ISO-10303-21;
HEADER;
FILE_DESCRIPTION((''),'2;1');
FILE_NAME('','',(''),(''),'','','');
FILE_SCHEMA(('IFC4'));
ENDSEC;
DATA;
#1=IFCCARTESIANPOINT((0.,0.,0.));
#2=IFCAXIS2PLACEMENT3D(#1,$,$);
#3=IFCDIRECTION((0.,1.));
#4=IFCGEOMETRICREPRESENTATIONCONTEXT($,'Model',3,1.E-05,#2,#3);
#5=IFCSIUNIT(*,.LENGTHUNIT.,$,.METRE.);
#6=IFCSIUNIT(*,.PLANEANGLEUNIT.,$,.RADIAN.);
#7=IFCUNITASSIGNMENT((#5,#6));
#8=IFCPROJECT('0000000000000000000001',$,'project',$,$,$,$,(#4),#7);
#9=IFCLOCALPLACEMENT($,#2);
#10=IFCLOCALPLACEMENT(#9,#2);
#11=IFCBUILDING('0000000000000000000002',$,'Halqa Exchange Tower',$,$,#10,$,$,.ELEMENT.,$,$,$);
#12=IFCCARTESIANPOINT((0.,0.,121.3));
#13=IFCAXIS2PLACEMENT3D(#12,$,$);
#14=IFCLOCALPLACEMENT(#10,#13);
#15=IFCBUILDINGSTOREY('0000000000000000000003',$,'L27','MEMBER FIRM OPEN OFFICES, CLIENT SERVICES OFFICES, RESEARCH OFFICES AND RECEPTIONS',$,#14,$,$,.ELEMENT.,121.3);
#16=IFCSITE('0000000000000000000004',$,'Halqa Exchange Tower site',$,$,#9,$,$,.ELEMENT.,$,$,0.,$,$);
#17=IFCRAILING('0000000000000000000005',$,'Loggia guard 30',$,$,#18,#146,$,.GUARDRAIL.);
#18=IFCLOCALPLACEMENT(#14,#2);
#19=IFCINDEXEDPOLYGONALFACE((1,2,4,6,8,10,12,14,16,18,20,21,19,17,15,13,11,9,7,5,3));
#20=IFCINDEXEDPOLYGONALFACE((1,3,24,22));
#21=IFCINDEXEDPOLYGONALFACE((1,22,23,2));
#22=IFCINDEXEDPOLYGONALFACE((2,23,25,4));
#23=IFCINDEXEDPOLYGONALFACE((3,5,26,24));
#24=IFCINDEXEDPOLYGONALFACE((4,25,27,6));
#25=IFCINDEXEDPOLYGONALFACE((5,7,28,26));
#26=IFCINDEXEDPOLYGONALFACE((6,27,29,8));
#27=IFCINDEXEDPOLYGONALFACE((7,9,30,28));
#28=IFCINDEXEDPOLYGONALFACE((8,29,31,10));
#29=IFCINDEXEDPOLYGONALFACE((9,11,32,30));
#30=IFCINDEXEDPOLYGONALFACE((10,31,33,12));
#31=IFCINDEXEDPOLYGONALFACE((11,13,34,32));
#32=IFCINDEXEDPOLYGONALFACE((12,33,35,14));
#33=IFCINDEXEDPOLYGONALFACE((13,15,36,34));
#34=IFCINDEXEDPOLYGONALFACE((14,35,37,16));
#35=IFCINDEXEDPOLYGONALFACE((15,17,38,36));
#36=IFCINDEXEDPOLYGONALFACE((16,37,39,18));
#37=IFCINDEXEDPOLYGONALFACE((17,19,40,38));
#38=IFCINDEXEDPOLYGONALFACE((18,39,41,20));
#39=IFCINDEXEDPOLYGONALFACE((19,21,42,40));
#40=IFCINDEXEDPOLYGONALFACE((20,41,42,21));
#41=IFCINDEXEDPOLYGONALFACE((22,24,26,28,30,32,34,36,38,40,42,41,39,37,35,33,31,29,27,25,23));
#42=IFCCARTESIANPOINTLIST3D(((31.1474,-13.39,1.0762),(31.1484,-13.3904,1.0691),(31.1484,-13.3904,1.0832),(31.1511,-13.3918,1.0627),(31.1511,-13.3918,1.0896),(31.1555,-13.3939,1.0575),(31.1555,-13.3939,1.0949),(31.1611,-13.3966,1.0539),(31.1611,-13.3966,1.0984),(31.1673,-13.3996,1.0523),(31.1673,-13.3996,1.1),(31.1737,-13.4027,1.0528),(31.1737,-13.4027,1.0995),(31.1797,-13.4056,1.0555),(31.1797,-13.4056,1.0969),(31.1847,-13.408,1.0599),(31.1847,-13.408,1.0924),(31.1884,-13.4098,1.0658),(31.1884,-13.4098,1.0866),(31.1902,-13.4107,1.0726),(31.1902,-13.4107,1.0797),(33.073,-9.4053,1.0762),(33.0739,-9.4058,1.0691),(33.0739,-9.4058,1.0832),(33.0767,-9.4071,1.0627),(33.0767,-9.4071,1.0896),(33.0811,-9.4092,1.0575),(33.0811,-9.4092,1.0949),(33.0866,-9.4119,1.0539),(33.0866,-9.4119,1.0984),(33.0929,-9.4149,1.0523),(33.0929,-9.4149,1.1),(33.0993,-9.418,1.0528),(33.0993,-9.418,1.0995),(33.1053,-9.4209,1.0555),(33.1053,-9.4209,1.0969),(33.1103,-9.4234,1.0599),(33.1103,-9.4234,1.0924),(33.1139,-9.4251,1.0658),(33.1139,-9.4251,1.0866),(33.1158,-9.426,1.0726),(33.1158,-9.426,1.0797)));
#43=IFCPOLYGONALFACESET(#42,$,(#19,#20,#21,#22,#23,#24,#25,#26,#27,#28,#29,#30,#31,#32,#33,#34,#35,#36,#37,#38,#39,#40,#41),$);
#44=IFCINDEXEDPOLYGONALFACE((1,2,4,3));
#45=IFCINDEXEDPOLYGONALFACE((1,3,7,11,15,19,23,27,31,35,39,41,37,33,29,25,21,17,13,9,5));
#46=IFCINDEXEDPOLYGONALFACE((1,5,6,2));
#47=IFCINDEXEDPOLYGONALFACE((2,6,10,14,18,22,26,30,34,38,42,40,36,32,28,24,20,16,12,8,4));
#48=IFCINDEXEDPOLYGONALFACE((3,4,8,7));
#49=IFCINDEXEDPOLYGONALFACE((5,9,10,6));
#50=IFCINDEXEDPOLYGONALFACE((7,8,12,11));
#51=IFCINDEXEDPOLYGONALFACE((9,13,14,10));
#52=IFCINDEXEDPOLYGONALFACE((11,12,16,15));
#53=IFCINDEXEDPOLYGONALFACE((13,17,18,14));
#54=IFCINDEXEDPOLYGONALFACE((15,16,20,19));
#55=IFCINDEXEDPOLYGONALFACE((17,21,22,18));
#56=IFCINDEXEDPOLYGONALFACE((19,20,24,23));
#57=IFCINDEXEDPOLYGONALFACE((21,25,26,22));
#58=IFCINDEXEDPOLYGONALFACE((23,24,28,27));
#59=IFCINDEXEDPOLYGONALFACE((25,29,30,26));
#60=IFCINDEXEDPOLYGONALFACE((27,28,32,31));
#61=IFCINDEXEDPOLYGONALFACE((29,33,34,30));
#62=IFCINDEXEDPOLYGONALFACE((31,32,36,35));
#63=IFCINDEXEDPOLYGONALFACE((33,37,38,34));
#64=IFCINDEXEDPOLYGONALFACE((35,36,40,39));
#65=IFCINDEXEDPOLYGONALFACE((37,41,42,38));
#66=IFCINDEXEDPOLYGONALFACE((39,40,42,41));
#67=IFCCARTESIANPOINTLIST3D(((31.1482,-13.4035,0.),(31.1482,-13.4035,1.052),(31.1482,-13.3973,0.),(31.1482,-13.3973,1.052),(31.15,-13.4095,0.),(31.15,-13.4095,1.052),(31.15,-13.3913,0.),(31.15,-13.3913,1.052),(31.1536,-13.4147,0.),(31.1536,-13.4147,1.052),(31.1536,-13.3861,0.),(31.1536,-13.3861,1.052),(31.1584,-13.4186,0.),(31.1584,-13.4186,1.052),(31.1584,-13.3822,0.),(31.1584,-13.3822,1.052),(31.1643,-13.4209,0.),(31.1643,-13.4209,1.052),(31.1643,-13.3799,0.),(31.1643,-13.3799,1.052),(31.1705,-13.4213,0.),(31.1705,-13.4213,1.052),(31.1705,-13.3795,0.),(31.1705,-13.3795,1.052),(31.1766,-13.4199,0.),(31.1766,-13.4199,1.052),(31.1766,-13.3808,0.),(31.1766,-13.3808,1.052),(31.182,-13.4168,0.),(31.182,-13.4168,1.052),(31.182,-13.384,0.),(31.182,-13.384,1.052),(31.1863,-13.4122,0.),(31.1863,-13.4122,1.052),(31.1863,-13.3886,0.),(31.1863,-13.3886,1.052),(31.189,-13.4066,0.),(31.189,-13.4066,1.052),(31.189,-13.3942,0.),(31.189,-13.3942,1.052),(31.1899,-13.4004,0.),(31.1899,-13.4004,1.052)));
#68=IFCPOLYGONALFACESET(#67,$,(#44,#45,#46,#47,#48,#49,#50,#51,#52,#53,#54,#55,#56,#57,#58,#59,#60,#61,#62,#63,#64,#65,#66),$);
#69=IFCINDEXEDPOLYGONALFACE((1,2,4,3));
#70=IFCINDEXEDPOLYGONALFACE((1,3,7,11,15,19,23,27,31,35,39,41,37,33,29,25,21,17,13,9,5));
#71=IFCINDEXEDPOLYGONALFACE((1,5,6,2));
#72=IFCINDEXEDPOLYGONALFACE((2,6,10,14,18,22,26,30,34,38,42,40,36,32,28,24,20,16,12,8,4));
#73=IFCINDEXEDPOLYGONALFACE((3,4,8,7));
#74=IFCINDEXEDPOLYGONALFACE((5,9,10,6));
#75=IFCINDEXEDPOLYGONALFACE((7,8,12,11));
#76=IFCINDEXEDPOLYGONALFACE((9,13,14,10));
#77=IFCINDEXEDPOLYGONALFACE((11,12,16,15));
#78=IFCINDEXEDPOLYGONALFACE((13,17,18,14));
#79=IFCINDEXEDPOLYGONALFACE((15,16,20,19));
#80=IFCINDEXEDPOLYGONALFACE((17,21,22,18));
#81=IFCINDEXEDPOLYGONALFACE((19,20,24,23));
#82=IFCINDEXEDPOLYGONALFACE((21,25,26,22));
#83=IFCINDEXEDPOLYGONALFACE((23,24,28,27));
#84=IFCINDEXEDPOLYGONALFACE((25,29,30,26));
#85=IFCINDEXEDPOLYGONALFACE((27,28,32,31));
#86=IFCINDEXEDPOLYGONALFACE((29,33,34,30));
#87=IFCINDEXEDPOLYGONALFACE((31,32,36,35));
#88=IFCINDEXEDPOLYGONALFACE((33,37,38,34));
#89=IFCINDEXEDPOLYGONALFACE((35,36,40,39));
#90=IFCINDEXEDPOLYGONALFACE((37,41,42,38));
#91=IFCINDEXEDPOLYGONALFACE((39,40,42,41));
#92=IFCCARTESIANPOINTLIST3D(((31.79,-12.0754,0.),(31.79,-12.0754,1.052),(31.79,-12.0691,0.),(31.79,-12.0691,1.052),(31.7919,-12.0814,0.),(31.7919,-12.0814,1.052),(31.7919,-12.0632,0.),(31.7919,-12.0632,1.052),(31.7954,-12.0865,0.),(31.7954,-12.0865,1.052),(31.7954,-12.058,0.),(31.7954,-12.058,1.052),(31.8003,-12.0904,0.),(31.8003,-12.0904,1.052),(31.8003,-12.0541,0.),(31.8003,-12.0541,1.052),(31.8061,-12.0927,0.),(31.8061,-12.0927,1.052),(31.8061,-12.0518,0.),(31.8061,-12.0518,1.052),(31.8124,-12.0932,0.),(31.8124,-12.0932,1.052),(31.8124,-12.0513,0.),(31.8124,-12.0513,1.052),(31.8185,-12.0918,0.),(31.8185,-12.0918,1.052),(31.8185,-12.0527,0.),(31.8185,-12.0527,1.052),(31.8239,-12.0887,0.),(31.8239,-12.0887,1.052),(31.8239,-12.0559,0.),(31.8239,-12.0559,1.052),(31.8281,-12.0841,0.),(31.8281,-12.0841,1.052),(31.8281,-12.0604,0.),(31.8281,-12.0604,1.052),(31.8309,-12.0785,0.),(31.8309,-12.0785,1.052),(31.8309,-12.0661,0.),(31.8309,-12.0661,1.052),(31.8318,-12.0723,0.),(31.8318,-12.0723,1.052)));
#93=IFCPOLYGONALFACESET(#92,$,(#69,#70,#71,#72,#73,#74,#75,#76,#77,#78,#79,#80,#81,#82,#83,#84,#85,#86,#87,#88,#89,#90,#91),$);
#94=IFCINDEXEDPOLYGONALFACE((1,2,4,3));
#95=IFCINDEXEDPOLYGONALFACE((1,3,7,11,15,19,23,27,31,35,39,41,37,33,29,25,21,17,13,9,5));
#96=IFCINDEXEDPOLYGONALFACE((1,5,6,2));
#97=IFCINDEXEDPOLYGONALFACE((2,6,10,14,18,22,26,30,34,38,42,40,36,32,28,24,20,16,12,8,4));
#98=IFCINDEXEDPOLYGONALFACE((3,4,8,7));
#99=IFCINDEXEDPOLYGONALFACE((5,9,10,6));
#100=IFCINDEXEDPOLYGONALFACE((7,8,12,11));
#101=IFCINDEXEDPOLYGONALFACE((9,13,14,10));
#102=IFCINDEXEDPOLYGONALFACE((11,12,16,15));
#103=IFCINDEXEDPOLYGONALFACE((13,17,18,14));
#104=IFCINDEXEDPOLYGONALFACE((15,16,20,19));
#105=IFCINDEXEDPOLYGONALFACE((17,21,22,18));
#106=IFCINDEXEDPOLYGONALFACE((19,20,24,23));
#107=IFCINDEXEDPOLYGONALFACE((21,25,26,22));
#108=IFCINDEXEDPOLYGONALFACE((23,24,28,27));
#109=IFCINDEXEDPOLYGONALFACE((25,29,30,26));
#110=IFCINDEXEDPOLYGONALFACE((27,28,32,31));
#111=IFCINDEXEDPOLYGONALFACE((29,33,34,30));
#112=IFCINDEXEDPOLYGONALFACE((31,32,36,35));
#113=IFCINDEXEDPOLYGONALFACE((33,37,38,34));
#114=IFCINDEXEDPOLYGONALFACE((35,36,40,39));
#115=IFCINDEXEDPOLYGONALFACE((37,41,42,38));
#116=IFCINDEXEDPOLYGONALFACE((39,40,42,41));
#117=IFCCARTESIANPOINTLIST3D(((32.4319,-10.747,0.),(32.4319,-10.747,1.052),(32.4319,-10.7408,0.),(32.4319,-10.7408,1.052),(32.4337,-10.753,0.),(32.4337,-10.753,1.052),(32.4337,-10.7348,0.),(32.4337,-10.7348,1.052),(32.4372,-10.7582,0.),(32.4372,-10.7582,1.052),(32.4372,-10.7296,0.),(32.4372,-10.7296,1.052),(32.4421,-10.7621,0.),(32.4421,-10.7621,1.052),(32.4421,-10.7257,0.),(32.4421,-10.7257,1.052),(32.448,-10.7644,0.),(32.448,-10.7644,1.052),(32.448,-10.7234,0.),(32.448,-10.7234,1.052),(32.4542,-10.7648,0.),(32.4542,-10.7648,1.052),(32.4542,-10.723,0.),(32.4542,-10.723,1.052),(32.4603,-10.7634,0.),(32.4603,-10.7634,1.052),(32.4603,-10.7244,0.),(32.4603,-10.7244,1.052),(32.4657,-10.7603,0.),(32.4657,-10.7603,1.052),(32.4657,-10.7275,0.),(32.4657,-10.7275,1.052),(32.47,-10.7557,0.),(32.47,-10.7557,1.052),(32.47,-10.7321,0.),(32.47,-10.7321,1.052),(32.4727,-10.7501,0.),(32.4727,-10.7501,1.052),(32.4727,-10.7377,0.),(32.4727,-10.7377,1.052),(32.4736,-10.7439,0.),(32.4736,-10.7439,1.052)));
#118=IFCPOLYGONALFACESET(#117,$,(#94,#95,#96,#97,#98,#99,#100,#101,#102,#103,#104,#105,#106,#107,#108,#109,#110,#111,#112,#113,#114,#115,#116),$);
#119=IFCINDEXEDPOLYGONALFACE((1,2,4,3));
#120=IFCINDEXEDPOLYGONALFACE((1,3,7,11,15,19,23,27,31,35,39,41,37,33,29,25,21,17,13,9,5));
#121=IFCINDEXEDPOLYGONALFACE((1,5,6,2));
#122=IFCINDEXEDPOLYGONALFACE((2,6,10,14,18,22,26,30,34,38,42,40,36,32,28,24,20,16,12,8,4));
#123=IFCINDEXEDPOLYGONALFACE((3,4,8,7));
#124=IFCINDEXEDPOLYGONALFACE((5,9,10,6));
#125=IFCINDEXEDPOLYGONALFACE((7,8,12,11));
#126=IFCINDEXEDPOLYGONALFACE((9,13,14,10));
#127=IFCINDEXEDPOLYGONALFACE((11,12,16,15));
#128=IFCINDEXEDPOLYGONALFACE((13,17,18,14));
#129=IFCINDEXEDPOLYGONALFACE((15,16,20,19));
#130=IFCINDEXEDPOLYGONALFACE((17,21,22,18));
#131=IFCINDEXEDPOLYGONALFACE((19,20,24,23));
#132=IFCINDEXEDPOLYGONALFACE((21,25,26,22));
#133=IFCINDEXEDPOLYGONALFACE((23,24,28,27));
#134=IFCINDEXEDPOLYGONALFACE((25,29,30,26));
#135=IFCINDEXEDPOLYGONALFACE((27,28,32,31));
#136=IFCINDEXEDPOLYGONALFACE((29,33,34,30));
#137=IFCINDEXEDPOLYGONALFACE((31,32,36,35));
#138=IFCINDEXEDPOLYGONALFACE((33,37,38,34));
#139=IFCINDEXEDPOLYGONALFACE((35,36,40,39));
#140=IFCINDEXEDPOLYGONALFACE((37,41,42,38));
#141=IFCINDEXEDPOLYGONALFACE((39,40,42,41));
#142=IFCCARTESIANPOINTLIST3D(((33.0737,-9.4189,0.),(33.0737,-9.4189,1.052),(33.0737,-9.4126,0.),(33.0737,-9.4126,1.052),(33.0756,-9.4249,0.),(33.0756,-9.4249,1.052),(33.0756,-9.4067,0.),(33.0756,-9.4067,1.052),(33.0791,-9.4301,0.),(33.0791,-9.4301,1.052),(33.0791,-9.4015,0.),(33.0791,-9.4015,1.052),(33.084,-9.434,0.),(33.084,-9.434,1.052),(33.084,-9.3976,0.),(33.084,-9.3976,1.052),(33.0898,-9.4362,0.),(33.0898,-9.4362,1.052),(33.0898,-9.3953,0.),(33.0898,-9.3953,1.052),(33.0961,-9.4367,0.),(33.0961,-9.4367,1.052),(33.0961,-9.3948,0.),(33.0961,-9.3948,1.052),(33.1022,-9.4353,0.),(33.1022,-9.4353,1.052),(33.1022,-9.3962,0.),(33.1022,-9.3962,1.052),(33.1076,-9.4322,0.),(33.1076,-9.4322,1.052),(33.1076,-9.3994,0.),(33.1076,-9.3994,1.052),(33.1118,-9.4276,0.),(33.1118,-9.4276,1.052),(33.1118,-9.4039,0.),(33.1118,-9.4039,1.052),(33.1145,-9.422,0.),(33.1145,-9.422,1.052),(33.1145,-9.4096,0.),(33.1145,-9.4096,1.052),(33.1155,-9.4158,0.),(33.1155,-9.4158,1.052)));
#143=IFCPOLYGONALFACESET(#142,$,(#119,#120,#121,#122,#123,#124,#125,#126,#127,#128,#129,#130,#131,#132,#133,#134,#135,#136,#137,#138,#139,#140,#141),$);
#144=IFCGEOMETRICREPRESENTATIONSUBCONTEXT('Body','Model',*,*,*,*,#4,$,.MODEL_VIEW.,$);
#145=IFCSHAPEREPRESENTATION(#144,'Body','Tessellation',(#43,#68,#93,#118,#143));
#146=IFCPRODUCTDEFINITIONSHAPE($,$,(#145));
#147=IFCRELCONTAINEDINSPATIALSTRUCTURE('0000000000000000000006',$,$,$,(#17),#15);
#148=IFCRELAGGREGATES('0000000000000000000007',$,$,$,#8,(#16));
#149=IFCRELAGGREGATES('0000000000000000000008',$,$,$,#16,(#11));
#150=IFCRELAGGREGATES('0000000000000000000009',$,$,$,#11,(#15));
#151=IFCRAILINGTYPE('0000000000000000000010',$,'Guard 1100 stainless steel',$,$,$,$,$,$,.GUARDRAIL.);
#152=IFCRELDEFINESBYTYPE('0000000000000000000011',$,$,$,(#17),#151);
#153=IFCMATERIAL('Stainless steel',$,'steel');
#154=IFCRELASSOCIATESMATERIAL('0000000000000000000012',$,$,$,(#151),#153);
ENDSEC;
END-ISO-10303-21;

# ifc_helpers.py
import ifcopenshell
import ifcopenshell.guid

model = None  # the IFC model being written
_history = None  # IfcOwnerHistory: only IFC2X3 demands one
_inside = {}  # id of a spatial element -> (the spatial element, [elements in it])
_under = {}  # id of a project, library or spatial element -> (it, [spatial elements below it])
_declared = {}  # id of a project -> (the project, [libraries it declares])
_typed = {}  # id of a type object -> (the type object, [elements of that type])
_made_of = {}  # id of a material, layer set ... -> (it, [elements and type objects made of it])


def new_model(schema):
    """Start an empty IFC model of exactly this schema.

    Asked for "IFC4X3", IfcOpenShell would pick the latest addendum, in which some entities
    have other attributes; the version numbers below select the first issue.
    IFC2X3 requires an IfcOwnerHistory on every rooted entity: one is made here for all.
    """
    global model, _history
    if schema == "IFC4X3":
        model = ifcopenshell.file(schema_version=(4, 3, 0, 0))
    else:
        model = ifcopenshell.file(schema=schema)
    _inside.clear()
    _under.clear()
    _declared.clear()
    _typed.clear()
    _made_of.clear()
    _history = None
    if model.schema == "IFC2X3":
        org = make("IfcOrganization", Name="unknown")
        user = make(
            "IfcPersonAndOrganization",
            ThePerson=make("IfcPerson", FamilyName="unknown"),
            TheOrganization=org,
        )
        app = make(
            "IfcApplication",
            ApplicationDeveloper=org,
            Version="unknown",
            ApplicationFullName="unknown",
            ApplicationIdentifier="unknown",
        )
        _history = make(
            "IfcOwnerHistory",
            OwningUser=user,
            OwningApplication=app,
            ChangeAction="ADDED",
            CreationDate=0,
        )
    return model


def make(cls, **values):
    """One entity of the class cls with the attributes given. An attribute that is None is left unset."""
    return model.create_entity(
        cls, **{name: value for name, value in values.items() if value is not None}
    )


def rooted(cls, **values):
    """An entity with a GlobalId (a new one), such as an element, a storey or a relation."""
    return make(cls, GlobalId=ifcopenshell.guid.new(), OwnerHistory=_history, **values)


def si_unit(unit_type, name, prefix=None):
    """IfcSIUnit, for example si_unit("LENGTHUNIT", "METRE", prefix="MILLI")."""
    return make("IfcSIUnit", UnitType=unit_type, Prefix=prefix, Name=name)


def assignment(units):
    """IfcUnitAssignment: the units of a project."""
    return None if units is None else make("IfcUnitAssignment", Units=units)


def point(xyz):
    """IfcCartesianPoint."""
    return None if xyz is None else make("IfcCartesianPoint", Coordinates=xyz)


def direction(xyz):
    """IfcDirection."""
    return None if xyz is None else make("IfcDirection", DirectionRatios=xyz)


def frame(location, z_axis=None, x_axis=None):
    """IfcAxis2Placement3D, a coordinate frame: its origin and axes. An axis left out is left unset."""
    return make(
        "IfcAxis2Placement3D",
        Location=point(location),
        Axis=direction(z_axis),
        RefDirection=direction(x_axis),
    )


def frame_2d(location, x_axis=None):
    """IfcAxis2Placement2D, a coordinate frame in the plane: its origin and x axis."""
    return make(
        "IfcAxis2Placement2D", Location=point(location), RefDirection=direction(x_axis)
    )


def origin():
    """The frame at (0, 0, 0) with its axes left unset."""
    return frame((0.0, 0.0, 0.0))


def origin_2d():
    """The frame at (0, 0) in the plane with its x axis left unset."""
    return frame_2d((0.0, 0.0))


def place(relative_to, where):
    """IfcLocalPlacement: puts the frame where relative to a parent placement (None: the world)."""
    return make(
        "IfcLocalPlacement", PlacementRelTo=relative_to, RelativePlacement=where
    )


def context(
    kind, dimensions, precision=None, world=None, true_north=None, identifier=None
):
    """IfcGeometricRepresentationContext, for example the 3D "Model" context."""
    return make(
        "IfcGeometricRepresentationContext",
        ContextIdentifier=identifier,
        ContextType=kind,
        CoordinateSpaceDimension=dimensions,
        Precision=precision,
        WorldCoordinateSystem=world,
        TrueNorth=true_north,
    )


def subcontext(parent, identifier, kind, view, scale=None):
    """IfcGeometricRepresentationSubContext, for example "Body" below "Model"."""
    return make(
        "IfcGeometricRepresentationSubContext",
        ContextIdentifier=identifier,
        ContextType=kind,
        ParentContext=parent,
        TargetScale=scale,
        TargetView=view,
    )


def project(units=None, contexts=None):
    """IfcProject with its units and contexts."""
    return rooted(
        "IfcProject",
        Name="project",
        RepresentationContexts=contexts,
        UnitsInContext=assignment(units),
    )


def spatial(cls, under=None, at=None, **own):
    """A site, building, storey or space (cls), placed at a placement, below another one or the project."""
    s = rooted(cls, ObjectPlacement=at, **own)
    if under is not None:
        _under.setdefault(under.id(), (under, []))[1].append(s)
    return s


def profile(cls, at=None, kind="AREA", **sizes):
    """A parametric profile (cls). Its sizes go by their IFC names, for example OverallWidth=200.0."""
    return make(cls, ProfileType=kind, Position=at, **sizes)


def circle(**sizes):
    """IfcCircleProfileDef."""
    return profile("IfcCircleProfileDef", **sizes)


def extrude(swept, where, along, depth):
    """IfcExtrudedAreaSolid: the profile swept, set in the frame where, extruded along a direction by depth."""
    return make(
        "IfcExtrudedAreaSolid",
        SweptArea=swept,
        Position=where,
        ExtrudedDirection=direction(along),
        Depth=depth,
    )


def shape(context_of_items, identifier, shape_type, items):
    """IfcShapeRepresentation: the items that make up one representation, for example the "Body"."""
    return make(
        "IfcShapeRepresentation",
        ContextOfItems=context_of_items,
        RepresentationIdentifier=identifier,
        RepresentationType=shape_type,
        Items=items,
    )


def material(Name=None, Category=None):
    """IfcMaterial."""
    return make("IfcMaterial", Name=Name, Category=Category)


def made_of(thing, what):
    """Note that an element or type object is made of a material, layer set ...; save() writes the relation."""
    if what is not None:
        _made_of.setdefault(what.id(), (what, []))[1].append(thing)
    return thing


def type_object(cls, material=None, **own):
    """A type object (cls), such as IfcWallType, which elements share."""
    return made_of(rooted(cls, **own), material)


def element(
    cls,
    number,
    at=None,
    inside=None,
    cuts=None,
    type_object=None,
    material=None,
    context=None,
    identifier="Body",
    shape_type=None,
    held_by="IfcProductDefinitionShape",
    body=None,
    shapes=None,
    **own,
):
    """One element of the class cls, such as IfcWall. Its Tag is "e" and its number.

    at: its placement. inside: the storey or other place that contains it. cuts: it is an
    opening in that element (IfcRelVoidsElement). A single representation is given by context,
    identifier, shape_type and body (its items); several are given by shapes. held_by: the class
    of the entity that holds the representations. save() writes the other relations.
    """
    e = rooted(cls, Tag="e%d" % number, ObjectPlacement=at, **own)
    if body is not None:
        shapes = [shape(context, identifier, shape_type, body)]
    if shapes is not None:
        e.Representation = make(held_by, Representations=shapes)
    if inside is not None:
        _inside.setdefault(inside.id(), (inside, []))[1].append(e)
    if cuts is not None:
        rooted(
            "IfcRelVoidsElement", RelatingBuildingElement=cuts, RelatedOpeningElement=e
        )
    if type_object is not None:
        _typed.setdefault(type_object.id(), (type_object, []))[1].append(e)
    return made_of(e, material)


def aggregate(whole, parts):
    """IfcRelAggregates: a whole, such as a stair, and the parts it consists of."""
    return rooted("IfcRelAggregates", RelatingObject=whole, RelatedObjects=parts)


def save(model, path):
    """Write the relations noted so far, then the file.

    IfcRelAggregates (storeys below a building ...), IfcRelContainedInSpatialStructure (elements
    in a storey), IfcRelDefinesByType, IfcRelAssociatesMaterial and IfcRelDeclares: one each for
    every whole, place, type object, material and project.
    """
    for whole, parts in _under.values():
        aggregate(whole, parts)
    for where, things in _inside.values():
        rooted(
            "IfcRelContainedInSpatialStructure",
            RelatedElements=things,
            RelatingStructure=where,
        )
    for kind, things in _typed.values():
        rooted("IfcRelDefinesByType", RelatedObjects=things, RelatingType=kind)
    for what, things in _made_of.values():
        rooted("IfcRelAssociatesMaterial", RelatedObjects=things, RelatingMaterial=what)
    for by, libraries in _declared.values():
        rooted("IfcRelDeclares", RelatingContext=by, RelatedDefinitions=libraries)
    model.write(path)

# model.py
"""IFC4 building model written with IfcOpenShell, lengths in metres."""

from ifc_helpers import new_model, si_unit, direction, frame, origin, origin_2d, place, context, subcontext, project, spatial, circle, extrude, material, type_object, element, save


model = new_model("IFC4")

# Units and contexts
model_context = context("Model", 3, precision=1e-05, world=origin(), true_north=direction((0.0, 1.0)))
body_context = subcontext(model_context, "Body", "Model", "MODEL_VIEW")
ifc_project = project(units=[si_unit("LENGTHUNIT", "METRE"), si_unit("PLANEANGLEUNIT", "RADIAN")], contexts=[model_context])

# Site, building, storey
site_placement = place(None, origin())
site = spatial("IfcSite", under=ifc_project, at=site_placement, Name="Halqa Exchange Tower site", CompositionType="ELEMENT", RefElevation=0.0)
building_placement = place(site_placement, origin())
building = spatial("IfcBuilding", under=site, at=building_placement, Name="Halqa Exchange Tower", CompositionType="ELEMENT")
storey_placement = place(building_placement, frame((0.0, 0.0, 121.3)))
storey = spatial("IfcBuildingStorey", under=building, at=storey_placement, Name="L27", Description="MEMBER FIRM OPEN OFFICES, CLIENT SERVICES OFFICES, RESEARCH OFFICES AND RECEPTIONS", CompositionType="ELEMENT", Elevation=121.3)

# Railing
ifc_material_1 = material(Name="Stainless steel", Category="steel")
railing_type = type_object("IfcRailingType", Name="Guard 1100 stainless steel", PredefinedType="GUARDRAIL", material=ifc_material_1)
railing_1_placement = place(storey_placement, frame((31.1689, -13.4004, 0.0)))
element("IfcRailing", 1, at=railing_1_placement, inside=storey, type_object=railing_type, Name="Loggia guard 30", PredefinedType="GUARDRAIL", context=body_context, shape_type="SweptSolid", body=[
    extrude(circle(Radius=0.0239, at=origin_2d()), frame((0.0, 0.0, 1.0762), z_axis=(0.435102, 0.900381, 0.0), x_axis=(-0.900381, 0.435102, 0.0)), (0.0, 0.0, 1.0), 4.4255),
    extrude(circle(Radius=0.021, at=origin_2d()), origin(), (0.0, 0.0, 1.0), 1.052),
    extrude(circle(Radius=0.021, at=origin_2d()), frame((0.6418, 1.3281, 0.0)), (0.0, 0.0, 1.0), 1.052),
    extrude(circle(Radius=0.021, at=origin_2d()), frame((1.2837, 2.6565, 0.0)), (0.0, 0.0, 1.0), 1.052),
    extrude(circle(Radius=0.021, at=origin_2d()), frame((1.9255, 3.9846, 0.0)), (0.0, 0.0, 1.0), 1.052),
])

save(model, "model.ifc")
